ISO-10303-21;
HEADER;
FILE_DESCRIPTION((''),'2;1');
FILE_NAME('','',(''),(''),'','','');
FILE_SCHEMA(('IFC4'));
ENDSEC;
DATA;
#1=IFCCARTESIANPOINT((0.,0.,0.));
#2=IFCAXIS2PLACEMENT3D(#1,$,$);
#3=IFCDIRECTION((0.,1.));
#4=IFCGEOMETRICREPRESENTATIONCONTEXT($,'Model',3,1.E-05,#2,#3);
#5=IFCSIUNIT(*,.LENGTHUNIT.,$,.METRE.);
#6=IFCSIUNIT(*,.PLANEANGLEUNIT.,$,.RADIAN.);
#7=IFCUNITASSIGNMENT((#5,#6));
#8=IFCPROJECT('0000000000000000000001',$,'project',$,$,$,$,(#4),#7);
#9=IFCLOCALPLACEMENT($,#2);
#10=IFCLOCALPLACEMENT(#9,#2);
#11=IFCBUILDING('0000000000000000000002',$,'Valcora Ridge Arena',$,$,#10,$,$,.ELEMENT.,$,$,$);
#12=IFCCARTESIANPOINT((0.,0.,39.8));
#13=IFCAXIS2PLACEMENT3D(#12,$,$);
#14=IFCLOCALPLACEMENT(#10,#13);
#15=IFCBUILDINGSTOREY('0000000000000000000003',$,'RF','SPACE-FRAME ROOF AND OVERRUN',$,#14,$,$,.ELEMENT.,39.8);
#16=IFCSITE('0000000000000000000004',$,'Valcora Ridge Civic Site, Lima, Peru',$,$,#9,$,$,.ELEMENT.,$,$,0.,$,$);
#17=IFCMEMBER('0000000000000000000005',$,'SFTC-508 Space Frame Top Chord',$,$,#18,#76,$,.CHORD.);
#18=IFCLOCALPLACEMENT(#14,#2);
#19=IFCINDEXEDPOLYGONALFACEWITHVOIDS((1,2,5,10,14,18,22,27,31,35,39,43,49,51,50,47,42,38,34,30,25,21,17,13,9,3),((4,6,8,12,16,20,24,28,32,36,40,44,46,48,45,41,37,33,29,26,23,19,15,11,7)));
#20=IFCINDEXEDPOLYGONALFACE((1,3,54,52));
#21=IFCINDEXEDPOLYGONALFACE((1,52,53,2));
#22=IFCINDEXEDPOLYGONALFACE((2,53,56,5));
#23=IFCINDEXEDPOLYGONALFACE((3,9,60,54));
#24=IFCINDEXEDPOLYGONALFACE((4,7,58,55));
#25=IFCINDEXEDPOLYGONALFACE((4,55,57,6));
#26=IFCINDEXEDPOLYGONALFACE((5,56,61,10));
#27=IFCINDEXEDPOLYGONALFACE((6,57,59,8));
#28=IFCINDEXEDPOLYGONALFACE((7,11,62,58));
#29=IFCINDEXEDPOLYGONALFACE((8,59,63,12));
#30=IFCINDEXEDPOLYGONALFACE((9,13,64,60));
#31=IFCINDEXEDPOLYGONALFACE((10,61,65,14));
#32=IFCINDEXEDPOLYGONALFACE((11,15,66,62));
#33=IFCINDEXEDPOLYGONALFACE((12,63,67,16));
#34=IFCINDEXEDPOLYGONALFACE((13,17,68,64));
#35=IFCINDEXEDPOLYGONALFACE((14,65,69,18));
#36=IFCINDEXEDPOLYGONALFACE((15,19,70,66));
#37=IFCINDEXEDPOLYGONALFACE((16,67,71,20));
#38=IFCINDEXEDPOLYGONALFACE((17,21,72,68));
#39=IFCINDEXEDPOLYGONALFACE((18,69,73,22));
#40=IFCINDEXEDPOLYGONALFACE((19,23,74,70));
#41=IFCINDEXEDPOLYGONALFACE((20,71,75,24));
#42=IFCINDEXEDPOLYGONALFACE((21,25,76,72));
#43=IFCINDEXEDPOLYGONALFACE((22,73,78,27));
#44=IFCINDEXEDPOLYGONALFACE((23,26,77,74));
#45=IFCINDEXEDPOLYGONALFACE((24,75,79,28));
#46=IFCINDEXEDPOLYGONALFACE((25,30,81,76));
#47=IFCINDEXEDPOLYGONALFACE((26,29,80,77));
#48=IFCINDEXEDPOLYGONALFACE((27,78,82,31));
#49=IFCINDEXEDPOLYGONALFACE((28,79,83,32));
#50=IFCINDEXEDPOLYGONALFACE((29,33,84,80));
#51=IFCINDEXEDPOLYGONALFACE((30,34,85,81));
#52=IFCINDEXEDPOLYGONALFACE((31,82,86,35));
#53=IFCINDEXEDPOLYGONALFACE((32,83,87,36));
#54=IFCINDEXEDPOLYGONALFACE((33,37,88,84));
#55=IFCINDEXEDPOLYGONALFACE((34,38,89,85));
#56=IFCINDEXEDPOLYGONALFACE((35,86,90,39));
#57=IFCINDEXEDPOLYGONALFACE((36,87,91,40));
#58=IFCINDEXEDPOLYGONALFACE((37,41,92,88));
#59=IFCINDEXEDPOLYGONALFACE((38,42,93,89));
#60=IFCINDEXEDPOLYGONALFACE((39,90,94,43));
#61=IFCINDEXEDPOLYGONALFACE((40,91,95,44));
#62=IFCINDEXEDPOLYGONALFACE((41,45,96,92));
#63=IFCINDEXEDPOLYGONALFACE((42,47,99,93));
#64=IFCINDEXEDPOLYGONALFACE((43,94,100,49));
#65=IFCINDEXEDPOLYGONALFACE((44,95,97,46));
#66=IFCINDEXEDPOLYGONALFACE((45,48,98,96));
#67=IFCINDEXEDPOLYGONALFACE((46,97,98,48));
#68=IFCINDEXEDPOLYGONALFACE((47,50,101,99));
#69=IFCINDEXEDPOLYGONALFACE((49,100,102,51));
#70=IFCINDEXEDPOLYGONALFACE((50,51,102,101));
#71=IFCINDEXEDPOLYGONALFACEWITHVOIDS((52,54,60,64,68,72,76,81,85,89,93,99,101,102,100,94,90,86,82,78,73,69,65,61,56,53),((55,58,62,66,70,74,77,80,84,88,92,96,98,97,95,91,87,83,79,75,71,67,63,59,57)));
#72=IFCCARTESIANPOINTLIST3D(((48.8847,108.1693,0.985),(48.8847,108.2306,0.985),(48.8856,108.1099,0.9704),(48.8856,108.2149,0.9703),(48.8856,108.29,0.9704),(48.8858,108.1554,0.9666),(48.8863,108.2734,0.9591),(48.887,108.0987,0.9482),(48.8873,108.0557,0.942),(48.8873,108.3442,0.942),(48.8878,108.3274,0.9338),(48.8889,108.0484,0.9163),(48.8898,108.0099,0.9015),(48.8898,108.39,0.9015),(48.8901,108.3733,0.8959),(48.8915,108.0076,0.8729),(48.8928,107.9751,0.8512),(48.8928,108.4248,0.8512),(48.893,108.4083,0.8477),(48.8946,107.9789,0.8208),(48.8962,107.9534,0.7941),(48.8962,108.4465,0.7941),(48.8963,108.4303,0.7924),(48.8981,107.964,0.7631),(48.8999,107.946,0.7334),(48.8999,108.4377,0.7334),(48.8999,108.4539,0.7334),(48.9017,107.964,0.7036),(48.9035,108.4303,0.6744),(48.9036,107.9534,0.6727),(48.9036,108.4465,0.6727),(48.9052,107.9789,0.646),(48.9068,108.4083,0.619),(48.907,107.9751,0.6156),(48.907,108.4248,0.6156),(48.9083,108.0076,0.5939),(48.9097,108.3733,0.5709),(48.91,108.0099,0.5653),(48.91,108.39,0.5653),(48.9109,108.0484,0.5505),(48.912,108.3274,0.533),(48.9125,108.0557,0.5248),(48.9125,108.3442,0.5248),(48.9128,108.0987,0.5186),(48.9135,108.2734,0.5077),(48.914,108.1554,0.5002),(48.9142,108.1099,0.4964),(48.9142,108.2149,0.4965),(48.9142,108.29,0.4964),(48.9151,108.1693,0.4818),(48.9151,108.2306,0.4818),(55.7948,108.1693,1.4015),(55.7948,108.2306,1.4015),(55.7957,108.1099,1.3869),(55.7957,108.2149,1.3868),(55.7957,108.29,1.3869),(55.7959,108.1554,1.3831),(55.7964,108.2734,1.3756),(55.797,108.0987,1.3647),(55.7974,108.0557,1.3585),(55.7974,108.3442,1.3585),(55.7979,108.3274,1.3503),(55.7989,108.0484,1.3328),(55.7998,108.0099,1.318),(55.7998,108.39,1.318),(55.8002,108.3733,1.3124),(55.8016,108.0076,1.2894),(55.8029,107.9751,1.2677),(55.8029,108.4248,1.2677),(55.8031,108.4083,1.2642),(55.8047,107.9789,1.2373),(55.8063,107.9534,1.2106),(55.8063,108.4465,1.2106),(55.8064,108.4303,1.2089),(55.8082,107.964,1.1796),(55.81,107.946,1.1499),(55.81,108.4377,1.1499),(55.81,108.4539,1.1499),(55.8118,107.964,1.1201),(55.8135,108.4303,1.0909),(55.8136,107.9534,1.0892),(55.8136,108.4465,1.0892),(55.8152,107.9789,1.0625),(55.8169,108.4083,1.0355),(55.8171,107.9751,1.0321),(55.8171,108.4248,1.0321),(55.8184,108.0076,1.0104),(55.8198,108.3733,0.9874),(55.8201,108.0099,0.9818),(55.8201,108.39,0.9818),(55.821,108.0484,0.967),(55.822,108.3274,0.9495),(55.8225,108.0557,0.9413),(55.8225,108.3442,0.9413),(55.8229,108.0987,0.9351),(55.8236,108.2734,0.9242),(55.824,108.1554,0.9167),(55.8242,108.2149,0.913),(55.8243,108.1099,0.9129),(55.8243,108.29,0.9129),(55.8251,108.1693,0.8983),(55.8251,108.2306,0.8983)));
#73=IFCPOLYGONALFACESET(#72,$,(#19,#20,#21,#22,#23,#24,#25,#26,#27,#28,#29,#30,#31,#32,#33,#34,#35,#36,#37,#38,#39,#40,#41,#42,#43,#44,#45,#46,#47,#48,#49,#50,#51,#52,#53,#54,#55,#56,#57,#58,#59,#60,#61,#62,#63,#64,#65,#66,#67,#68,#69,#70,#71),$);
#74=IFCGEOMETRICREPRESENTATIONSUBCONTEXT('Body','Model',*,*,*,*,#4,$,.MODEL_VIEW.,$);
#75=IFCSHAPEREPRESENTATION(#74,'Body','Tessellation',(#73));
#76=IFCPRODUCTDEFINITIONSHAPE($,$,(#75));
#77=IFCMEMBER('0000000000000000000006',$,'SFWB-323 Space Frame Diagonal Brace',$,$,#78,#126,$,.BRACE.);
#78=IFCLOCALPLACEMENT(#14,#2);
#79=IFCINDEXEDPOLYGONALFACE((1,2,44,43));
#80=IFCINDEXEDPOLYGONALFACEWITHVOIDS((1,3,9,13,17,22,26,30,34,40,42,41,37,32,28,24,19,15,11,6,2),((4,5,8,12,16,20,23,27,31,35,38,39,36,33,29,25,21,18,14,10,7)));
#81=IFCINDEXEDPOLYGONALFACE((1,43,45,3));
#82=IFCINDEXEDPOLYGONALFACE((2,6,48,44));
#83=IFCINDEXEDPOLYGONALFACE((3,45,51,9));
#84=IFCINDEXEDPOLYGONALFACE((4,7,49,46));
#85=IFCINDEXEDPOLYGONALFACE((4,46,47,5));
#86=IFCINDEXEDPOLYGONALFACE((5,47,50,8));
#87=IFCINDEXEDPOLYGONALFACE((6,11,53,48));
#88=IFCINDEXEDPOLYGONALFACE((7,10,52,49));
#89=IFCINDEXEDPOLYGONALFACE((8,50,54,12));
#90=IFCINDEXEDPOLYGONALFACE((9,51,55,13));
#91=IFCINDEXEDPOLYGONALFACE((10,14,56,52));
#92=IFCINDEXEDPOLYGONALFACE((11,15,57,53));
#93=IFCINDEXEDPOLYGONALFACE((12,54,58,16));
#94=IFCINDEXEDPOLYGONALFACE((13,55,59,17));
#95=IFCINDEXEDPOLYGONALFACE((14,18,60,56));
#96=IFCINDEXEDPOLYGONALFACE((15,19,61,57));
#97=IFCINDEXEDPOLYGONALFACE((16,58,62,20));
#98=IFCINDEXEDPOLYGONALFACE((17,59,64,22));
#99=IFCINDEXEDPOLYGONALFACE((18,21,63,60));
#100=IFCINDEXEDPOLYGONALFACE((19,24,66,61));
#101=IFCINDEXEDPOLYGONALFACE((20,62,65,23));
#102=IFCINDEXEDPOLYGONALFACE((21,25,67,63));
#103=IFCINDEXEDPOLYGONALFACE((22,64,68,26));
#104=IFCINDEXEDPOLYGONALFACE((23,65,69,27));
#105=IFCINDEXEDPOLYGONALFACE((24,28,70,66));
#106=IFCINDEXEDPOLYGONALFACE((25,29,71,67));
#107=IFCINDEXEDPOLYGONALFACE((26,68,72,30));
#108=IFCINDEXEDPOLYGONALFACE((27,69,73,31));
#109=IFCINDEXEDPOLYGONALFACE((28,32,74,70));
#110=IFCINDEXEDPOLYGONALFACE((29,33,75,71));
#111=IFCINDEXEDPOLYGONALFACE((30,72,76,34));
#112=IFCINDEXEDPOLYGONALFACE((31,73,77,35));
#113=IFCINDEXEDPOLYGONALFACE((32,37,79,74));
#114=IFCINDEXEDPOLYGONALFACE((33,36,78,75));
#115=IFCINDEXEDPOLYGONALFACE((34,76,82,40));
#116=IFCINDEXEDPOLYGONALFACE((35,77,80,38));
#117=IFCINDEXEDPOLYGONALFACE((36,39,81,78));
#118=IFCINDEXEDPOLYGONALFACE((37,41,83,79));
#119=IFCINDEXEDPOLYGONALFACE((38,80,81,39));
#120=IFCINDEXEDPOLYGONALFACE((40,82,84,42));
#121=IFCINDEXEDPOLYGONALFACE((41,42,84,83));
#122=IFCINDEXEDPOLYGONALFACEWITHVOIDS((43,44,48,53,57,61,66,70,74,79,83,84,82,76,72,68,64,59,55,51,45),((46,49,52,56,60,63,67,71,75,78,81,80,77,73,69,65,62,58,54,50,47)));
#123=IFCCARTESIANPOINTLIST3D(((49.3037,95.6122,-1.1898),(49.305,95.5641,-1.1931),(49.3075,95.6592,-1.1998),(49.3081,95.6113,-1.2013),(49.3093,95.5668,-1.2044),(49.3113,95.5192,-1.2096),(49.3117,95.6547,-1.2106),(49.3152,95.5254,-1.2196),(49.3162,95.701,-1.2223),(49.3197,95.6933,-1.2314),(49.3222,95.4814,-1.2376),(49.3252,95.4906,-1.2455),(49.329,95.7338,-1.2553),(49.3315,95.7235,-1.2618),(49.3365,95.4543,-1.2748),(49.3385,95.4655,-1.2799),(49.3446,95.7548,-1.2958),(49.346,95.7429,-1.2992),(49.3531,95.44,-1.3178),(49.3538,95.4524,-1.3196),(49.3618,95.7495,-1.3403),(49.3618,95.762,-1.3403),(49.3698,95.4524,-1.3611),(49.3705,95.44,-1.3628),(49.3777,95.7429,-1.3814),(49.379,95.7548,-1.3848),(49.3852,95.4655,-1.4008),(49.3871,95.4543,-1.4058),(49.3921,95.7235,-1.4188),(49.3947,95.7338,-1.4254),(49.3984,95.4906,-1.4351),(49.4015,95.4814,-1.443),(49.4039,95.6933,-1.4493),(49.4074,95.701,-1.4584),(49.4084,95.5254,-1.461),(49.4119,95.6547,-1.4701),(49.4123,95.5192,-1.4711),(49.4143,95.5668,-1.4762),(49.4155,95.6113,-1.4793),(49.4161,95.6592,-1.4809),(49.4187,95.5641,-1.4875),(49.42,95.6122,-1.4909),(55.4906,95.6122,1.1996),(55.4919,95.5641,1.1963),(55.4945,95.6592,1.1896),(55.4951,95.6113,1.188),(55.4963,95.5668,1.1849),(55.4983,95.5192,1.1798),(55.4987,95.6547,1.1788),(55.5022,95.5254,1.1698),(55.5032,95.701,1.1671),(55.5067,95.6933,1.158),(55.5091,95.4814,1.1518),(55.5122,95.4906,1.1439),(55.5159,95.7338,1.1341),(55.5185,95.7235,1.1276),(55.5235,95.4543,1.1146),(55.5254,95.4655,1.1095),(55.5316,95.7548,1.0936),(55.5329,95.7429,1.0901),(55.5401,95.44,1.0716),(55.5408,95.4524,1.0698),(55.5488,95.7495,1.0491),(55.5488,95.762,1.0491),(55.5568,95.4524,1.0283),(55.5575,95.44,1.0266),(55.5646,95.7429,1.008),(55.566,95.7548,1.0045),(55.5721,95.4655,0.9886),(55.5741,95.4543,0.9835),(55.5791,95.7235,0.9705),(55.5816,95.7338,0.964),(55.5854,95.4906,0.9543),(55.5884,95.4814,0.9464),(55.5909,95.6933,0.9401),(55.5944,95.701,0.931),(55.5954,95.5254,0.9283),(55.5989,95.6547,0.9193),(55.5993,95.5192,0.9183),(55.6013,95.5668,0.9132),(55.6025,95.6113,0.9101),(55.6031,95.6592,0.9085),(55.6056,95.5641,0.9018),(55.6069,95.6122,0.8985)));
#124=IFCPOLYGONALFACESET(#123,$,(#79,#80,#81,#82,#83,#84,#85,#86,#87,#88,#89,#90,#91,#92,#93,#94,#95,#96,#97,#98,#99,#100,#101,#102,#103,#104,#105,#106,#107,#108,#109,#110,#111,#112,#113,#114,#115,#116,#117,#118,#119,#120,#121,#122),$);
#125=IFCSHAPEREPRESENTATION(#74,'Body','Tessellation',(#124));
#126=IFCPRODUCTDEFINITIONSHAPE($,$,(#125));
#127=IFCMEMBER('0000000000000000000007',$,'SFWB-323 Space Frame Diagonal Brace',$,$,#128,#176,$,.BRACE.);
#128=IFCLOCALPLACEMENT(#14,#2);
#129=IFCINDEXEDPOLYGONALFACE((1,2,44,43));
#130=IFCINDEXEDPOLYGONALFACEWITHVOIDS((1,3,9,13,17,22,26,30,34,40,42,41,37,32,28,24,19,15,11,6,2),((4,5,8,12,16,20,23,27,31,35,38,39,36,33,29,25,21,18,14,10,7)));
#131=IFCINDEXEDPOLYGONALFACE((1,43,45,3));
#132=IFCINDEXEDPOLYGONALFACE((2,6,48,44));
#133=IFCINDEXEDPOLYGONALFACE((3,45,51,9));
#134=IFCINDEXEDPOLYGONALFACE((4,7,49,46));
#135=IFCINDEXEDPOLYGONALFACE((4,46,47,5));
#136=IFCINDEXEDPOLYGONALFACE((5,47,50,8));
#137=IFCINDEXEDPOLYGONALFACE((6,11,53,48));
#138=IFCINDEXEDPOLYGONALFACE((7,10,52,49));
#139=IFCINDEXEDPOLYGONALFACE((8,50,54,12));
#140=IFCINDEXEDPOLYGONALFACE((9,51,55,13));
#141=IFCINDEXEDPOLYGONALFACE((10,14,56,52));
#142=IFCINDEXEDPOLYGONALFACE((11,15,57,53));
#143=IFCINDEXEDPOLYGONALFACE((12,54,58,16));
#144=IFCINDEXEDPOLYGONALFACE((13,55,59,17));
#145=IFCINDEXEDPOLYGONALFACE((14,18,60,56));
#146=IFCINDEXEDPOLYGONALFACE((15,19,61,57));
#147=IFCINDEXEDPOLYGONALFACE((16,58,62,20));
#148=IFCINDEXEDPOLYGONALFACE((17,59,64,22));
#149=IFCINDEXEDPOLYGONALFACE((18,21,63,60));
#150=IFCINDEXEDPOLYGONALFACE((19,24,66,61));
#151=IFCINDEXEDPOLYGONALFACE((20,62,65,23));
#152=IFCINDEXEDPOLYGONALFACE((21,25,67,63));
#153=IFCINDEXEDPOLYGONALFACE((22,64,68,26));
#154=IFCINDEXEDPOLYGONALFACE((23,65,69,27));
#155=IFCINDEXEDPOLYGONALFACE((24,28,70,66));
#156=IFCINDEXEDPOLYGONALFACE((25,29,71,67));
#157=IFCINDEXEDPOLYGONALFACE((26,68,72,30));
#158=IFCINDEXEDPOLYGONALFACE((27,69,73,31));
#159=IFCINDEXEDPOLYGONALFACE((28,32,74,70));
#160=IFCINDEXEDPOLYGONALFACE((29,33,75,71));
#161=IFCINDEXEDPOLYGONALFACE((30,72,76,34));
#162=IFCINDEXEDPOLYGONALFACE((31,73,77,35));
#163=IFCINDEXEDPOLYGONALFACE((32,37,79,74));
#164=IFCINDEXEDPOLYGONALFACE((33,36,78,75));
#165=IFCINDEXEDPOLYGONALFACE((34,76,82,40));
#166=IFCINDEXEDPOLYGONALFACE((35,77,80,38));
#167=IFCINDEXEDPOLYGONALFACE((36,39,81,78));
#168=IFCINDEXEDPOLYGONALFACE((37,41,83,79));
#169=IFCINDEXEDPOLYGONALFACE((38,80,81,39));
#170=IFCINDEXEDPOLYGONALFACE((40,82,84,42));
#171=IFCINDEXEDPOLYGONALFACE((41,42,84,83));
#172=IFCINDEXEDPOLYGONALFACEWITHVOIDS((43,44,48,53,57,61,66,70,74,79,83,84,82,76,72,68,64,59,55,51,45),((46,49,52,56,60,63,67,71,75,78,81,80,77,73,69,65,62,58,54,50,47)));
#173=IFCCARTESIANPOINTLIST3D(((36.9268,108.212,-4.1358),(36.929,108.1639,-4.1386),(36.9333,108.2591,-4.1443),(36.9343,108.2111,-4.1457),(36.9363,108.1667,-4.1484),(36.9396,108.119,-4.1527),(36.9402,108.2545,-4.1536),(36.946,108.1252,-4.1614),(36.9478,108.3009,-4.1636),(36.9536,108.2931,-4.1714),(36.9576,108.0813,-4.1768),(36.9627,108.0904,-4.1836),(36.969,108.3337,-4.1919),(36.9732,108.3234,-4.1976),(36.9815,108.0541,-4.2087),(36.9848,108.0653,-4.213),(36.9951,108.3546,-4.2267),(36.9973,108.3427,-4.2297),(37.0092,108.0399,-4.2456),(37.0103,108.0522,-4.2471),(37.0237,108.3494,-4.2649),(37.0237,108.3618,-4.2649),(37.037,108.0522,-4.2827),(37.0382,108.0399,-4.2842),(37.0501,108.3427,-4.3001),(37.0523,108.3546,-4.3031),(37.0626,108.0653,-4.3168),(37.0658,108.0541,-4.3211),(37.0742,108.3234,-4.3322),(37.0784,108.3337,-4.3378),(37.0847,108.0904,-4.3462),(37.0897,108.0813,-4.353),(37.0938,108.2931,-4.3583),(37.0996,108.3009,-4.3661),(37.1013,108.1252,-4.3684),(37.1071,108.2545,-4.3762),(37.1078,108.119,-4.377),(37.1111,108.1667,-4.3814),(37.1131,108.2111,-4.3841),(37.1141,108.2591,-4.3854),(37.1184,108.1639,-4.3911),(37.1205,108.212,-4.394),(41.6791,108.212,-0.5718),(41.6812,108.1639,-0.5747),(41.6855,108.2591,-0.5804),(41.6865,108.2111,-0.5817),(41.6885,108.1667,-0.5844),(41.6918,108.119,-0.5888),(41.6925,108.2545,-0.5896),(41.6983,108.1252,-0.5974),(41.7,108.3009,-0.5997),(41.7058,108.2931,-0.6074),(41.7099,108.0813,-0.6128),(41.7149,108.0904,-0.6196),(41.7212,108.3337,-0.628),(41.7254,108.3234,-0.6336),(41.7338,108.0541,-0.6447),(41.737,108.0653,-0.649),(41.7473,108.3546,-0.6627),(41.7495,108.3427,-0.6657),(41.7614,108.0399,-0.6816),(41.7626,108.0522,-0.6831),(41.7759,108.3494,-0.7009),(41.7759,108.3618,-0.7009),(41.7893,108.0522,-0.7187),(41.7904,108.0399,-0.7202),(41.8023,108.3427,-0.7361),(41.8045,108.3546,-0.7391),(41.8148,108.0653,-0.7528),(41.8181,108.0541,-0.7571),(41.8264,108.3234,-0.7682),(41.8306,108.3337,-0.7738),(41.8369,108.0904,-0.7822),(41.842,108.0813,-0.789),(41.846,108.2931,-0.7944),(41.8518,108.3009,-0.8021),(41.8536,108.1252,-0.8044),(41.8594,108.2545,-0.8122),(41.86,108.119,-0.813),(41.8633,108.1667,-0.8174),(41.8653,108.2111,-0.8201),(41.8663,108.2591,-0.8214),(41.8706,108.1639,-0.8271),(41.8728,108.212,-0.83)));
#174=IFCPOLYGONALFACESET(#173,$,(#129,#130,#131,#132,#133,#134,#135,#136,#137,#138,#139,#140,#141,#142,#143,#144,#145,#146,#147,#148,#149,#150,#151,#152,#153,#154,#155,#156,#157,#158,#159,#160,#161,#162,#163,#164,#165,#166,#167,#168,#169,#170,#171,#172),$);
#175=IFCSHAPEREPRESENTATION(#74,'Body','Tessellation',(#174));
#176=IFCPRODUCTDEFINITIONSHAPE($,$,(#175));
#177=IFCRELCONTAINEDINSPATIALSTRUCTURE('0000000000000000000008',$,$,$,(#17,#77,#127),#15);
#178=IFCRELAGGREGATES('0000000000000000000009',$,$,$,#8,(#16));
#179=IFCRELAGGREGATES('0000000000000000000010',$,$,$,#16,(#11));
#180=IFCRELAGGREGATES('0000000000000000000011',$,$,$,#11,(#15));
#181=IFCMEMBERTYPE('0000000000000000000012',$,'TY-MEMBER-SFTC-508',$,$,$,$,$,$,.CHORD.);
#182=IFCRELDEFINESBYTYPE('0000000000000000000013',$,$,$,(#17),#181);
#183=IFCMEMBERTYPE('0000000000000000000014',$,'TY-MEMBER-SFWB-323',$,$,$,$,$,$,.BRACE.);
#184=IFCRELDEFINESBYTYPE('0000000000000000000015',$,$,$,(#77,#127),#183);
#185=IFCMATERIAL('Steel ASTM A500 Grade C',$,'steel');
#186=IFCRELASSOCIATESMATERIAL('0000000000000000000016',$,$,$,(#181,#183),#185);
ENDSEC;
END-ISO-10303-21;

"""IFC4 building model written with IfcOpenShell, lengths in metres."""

from ifc_helpers import new_model, si_unit, direction, frame, origin, origin_2d, place, context, subcontext, project, spatial, hollow_circle, extrude, material, material_profile, profile_set, type_object, element, save


model = new_model("IFC4")

# Units and contexts
model_context = context("Model", 3, precision=1e-05, world=origin(), true_north=direction((0.0, 1.0)))
body_context = subcontext(model_context, "Body", "Model", "MODEL_VIEW")
ifc_project = project(units=[si_unit("LENGTHUNIT", "METRE"), si_unit("PLANEANGLEUNIT", "RADIAN")], contexts=[model_context])

# Site, building, storey
site_placement = place(None, origin())
site = spatial("IfcSite", under=ifc_project, at=site_placement, Name="Valcora Ridge Civic Site, Lima, Peru", CompositionType="ELEMENT", RefElevation=0.0)
building_placement = place(site_placement, origin())
building = spatial("IfcBuilding", under=site, at=building_placement, Name="Valcora Ridge Arena", CompositionType="ELEMENT")
storey_placement = place(building_placement, frame((0.0, 0.0, 39.8)))
storey = spatial("IfcBuildingStorey", under=building, at=storey_placement, Name="RF", Description="SPACE-FRAME ROOF AND OVERRUN", CompositionType="ELEMENT", Elevation=39.8)

# Members
ifc_material_1 = material(Name="Steel ASTM A500 Grade C", Category="steel")
ifc_material_profile_1 = material_profile(ifc_material_1, hollow_circle(Radius=0.2539, WallThickness=0.0161, at=origin_2d()), Name="CHS508X16")
ifc_profile_set_1 = profile_set([ifc_material_profile_1], Name="Steel ASTM A500 Grade C")
member_type_1 = type_object("IfcMemberType", Name="TY-MEMBER-SFTC-508", PredefinedType="CHORD", material=ifc_profile_set_1)
member_1_placement = place(storey_placement, frame((48.8999, 108.2, 0.7334), z_axis=(0.998188, 0.0, 0.060165), x_axis=(0.0, 1.0, 0.0)))
element("IfcMember", 1, at=member_1_placement, inside=storey, type_object=member_type_1, Name="SFTC-508 Space Frame Top Chord", PredefinedType="CHORD", context=body_context, shape_type="SweptSolid", body=[
    extrude(hollow_circle(Radius=0.2539, WallThickness=0.0161, at=origin_2d()), origin(), (0.0, 0.0, 1.0), 6.9226),
])
ifc_material_profile_2 = material_profile(ifc_material_1, hollow_circle(Radius=0.1619, WallThickness=0.0125, at=origin_2d()), Name="CHS323X12")
ifc_profile_set_2 = profile_set([ifc_material_profile_2], Name="Steel ASTM A500 Grade C")
member_type_2 = type_object("IfcMemberType", Name="TY-MEMBER-SFWB-323", PredefinedType="BRACE", material=ifc_profile_set_2)
member_2_placement = place(storey_placement, frame((49.3618, 95.6001, -1.3403), z_axis=(0.93285, 0.0, 0.360264), x_axis=(0.0, 1.0, 0.0)))
element("IfcMember", 2, at=member_2_placement, inside=storey, type_object=member_type_2, Name="SFWB-323 Space Frame Diagonal Brace", PredefinedType="BRACE", context=body_context, shape_type="SweptSolid", body=[
    extrude(hollow_circle(Radius=0.1619, WallThickness=0.0125, at=origin_2d()), origin(), (0.0, 0.0, 1.0), 6.6323),
])
member_3_placement = place(storey_placement, frame((37.0237, 108.2, -4.2649), z_axis=(0.800015, 0.0, 0.59998), x_axis=(0.0, 1.0, 0.0)))
element("IfcMember", 3, at=member_3_placement, inside=storey, type_object=member_type_2, Name="SFWB-323 Space Frame Diagonal Brace", PredefinedType="BRACE", context=body_context, shape_type="SweptSolid", body=[
    extrude(hollow_circle(Radius=0.1619, WallThickness=0.0125, at=origin_2d()), origin(), (0.0, 0.0, 1.0), 5.9402),
])

save(model, "model.ifc")
